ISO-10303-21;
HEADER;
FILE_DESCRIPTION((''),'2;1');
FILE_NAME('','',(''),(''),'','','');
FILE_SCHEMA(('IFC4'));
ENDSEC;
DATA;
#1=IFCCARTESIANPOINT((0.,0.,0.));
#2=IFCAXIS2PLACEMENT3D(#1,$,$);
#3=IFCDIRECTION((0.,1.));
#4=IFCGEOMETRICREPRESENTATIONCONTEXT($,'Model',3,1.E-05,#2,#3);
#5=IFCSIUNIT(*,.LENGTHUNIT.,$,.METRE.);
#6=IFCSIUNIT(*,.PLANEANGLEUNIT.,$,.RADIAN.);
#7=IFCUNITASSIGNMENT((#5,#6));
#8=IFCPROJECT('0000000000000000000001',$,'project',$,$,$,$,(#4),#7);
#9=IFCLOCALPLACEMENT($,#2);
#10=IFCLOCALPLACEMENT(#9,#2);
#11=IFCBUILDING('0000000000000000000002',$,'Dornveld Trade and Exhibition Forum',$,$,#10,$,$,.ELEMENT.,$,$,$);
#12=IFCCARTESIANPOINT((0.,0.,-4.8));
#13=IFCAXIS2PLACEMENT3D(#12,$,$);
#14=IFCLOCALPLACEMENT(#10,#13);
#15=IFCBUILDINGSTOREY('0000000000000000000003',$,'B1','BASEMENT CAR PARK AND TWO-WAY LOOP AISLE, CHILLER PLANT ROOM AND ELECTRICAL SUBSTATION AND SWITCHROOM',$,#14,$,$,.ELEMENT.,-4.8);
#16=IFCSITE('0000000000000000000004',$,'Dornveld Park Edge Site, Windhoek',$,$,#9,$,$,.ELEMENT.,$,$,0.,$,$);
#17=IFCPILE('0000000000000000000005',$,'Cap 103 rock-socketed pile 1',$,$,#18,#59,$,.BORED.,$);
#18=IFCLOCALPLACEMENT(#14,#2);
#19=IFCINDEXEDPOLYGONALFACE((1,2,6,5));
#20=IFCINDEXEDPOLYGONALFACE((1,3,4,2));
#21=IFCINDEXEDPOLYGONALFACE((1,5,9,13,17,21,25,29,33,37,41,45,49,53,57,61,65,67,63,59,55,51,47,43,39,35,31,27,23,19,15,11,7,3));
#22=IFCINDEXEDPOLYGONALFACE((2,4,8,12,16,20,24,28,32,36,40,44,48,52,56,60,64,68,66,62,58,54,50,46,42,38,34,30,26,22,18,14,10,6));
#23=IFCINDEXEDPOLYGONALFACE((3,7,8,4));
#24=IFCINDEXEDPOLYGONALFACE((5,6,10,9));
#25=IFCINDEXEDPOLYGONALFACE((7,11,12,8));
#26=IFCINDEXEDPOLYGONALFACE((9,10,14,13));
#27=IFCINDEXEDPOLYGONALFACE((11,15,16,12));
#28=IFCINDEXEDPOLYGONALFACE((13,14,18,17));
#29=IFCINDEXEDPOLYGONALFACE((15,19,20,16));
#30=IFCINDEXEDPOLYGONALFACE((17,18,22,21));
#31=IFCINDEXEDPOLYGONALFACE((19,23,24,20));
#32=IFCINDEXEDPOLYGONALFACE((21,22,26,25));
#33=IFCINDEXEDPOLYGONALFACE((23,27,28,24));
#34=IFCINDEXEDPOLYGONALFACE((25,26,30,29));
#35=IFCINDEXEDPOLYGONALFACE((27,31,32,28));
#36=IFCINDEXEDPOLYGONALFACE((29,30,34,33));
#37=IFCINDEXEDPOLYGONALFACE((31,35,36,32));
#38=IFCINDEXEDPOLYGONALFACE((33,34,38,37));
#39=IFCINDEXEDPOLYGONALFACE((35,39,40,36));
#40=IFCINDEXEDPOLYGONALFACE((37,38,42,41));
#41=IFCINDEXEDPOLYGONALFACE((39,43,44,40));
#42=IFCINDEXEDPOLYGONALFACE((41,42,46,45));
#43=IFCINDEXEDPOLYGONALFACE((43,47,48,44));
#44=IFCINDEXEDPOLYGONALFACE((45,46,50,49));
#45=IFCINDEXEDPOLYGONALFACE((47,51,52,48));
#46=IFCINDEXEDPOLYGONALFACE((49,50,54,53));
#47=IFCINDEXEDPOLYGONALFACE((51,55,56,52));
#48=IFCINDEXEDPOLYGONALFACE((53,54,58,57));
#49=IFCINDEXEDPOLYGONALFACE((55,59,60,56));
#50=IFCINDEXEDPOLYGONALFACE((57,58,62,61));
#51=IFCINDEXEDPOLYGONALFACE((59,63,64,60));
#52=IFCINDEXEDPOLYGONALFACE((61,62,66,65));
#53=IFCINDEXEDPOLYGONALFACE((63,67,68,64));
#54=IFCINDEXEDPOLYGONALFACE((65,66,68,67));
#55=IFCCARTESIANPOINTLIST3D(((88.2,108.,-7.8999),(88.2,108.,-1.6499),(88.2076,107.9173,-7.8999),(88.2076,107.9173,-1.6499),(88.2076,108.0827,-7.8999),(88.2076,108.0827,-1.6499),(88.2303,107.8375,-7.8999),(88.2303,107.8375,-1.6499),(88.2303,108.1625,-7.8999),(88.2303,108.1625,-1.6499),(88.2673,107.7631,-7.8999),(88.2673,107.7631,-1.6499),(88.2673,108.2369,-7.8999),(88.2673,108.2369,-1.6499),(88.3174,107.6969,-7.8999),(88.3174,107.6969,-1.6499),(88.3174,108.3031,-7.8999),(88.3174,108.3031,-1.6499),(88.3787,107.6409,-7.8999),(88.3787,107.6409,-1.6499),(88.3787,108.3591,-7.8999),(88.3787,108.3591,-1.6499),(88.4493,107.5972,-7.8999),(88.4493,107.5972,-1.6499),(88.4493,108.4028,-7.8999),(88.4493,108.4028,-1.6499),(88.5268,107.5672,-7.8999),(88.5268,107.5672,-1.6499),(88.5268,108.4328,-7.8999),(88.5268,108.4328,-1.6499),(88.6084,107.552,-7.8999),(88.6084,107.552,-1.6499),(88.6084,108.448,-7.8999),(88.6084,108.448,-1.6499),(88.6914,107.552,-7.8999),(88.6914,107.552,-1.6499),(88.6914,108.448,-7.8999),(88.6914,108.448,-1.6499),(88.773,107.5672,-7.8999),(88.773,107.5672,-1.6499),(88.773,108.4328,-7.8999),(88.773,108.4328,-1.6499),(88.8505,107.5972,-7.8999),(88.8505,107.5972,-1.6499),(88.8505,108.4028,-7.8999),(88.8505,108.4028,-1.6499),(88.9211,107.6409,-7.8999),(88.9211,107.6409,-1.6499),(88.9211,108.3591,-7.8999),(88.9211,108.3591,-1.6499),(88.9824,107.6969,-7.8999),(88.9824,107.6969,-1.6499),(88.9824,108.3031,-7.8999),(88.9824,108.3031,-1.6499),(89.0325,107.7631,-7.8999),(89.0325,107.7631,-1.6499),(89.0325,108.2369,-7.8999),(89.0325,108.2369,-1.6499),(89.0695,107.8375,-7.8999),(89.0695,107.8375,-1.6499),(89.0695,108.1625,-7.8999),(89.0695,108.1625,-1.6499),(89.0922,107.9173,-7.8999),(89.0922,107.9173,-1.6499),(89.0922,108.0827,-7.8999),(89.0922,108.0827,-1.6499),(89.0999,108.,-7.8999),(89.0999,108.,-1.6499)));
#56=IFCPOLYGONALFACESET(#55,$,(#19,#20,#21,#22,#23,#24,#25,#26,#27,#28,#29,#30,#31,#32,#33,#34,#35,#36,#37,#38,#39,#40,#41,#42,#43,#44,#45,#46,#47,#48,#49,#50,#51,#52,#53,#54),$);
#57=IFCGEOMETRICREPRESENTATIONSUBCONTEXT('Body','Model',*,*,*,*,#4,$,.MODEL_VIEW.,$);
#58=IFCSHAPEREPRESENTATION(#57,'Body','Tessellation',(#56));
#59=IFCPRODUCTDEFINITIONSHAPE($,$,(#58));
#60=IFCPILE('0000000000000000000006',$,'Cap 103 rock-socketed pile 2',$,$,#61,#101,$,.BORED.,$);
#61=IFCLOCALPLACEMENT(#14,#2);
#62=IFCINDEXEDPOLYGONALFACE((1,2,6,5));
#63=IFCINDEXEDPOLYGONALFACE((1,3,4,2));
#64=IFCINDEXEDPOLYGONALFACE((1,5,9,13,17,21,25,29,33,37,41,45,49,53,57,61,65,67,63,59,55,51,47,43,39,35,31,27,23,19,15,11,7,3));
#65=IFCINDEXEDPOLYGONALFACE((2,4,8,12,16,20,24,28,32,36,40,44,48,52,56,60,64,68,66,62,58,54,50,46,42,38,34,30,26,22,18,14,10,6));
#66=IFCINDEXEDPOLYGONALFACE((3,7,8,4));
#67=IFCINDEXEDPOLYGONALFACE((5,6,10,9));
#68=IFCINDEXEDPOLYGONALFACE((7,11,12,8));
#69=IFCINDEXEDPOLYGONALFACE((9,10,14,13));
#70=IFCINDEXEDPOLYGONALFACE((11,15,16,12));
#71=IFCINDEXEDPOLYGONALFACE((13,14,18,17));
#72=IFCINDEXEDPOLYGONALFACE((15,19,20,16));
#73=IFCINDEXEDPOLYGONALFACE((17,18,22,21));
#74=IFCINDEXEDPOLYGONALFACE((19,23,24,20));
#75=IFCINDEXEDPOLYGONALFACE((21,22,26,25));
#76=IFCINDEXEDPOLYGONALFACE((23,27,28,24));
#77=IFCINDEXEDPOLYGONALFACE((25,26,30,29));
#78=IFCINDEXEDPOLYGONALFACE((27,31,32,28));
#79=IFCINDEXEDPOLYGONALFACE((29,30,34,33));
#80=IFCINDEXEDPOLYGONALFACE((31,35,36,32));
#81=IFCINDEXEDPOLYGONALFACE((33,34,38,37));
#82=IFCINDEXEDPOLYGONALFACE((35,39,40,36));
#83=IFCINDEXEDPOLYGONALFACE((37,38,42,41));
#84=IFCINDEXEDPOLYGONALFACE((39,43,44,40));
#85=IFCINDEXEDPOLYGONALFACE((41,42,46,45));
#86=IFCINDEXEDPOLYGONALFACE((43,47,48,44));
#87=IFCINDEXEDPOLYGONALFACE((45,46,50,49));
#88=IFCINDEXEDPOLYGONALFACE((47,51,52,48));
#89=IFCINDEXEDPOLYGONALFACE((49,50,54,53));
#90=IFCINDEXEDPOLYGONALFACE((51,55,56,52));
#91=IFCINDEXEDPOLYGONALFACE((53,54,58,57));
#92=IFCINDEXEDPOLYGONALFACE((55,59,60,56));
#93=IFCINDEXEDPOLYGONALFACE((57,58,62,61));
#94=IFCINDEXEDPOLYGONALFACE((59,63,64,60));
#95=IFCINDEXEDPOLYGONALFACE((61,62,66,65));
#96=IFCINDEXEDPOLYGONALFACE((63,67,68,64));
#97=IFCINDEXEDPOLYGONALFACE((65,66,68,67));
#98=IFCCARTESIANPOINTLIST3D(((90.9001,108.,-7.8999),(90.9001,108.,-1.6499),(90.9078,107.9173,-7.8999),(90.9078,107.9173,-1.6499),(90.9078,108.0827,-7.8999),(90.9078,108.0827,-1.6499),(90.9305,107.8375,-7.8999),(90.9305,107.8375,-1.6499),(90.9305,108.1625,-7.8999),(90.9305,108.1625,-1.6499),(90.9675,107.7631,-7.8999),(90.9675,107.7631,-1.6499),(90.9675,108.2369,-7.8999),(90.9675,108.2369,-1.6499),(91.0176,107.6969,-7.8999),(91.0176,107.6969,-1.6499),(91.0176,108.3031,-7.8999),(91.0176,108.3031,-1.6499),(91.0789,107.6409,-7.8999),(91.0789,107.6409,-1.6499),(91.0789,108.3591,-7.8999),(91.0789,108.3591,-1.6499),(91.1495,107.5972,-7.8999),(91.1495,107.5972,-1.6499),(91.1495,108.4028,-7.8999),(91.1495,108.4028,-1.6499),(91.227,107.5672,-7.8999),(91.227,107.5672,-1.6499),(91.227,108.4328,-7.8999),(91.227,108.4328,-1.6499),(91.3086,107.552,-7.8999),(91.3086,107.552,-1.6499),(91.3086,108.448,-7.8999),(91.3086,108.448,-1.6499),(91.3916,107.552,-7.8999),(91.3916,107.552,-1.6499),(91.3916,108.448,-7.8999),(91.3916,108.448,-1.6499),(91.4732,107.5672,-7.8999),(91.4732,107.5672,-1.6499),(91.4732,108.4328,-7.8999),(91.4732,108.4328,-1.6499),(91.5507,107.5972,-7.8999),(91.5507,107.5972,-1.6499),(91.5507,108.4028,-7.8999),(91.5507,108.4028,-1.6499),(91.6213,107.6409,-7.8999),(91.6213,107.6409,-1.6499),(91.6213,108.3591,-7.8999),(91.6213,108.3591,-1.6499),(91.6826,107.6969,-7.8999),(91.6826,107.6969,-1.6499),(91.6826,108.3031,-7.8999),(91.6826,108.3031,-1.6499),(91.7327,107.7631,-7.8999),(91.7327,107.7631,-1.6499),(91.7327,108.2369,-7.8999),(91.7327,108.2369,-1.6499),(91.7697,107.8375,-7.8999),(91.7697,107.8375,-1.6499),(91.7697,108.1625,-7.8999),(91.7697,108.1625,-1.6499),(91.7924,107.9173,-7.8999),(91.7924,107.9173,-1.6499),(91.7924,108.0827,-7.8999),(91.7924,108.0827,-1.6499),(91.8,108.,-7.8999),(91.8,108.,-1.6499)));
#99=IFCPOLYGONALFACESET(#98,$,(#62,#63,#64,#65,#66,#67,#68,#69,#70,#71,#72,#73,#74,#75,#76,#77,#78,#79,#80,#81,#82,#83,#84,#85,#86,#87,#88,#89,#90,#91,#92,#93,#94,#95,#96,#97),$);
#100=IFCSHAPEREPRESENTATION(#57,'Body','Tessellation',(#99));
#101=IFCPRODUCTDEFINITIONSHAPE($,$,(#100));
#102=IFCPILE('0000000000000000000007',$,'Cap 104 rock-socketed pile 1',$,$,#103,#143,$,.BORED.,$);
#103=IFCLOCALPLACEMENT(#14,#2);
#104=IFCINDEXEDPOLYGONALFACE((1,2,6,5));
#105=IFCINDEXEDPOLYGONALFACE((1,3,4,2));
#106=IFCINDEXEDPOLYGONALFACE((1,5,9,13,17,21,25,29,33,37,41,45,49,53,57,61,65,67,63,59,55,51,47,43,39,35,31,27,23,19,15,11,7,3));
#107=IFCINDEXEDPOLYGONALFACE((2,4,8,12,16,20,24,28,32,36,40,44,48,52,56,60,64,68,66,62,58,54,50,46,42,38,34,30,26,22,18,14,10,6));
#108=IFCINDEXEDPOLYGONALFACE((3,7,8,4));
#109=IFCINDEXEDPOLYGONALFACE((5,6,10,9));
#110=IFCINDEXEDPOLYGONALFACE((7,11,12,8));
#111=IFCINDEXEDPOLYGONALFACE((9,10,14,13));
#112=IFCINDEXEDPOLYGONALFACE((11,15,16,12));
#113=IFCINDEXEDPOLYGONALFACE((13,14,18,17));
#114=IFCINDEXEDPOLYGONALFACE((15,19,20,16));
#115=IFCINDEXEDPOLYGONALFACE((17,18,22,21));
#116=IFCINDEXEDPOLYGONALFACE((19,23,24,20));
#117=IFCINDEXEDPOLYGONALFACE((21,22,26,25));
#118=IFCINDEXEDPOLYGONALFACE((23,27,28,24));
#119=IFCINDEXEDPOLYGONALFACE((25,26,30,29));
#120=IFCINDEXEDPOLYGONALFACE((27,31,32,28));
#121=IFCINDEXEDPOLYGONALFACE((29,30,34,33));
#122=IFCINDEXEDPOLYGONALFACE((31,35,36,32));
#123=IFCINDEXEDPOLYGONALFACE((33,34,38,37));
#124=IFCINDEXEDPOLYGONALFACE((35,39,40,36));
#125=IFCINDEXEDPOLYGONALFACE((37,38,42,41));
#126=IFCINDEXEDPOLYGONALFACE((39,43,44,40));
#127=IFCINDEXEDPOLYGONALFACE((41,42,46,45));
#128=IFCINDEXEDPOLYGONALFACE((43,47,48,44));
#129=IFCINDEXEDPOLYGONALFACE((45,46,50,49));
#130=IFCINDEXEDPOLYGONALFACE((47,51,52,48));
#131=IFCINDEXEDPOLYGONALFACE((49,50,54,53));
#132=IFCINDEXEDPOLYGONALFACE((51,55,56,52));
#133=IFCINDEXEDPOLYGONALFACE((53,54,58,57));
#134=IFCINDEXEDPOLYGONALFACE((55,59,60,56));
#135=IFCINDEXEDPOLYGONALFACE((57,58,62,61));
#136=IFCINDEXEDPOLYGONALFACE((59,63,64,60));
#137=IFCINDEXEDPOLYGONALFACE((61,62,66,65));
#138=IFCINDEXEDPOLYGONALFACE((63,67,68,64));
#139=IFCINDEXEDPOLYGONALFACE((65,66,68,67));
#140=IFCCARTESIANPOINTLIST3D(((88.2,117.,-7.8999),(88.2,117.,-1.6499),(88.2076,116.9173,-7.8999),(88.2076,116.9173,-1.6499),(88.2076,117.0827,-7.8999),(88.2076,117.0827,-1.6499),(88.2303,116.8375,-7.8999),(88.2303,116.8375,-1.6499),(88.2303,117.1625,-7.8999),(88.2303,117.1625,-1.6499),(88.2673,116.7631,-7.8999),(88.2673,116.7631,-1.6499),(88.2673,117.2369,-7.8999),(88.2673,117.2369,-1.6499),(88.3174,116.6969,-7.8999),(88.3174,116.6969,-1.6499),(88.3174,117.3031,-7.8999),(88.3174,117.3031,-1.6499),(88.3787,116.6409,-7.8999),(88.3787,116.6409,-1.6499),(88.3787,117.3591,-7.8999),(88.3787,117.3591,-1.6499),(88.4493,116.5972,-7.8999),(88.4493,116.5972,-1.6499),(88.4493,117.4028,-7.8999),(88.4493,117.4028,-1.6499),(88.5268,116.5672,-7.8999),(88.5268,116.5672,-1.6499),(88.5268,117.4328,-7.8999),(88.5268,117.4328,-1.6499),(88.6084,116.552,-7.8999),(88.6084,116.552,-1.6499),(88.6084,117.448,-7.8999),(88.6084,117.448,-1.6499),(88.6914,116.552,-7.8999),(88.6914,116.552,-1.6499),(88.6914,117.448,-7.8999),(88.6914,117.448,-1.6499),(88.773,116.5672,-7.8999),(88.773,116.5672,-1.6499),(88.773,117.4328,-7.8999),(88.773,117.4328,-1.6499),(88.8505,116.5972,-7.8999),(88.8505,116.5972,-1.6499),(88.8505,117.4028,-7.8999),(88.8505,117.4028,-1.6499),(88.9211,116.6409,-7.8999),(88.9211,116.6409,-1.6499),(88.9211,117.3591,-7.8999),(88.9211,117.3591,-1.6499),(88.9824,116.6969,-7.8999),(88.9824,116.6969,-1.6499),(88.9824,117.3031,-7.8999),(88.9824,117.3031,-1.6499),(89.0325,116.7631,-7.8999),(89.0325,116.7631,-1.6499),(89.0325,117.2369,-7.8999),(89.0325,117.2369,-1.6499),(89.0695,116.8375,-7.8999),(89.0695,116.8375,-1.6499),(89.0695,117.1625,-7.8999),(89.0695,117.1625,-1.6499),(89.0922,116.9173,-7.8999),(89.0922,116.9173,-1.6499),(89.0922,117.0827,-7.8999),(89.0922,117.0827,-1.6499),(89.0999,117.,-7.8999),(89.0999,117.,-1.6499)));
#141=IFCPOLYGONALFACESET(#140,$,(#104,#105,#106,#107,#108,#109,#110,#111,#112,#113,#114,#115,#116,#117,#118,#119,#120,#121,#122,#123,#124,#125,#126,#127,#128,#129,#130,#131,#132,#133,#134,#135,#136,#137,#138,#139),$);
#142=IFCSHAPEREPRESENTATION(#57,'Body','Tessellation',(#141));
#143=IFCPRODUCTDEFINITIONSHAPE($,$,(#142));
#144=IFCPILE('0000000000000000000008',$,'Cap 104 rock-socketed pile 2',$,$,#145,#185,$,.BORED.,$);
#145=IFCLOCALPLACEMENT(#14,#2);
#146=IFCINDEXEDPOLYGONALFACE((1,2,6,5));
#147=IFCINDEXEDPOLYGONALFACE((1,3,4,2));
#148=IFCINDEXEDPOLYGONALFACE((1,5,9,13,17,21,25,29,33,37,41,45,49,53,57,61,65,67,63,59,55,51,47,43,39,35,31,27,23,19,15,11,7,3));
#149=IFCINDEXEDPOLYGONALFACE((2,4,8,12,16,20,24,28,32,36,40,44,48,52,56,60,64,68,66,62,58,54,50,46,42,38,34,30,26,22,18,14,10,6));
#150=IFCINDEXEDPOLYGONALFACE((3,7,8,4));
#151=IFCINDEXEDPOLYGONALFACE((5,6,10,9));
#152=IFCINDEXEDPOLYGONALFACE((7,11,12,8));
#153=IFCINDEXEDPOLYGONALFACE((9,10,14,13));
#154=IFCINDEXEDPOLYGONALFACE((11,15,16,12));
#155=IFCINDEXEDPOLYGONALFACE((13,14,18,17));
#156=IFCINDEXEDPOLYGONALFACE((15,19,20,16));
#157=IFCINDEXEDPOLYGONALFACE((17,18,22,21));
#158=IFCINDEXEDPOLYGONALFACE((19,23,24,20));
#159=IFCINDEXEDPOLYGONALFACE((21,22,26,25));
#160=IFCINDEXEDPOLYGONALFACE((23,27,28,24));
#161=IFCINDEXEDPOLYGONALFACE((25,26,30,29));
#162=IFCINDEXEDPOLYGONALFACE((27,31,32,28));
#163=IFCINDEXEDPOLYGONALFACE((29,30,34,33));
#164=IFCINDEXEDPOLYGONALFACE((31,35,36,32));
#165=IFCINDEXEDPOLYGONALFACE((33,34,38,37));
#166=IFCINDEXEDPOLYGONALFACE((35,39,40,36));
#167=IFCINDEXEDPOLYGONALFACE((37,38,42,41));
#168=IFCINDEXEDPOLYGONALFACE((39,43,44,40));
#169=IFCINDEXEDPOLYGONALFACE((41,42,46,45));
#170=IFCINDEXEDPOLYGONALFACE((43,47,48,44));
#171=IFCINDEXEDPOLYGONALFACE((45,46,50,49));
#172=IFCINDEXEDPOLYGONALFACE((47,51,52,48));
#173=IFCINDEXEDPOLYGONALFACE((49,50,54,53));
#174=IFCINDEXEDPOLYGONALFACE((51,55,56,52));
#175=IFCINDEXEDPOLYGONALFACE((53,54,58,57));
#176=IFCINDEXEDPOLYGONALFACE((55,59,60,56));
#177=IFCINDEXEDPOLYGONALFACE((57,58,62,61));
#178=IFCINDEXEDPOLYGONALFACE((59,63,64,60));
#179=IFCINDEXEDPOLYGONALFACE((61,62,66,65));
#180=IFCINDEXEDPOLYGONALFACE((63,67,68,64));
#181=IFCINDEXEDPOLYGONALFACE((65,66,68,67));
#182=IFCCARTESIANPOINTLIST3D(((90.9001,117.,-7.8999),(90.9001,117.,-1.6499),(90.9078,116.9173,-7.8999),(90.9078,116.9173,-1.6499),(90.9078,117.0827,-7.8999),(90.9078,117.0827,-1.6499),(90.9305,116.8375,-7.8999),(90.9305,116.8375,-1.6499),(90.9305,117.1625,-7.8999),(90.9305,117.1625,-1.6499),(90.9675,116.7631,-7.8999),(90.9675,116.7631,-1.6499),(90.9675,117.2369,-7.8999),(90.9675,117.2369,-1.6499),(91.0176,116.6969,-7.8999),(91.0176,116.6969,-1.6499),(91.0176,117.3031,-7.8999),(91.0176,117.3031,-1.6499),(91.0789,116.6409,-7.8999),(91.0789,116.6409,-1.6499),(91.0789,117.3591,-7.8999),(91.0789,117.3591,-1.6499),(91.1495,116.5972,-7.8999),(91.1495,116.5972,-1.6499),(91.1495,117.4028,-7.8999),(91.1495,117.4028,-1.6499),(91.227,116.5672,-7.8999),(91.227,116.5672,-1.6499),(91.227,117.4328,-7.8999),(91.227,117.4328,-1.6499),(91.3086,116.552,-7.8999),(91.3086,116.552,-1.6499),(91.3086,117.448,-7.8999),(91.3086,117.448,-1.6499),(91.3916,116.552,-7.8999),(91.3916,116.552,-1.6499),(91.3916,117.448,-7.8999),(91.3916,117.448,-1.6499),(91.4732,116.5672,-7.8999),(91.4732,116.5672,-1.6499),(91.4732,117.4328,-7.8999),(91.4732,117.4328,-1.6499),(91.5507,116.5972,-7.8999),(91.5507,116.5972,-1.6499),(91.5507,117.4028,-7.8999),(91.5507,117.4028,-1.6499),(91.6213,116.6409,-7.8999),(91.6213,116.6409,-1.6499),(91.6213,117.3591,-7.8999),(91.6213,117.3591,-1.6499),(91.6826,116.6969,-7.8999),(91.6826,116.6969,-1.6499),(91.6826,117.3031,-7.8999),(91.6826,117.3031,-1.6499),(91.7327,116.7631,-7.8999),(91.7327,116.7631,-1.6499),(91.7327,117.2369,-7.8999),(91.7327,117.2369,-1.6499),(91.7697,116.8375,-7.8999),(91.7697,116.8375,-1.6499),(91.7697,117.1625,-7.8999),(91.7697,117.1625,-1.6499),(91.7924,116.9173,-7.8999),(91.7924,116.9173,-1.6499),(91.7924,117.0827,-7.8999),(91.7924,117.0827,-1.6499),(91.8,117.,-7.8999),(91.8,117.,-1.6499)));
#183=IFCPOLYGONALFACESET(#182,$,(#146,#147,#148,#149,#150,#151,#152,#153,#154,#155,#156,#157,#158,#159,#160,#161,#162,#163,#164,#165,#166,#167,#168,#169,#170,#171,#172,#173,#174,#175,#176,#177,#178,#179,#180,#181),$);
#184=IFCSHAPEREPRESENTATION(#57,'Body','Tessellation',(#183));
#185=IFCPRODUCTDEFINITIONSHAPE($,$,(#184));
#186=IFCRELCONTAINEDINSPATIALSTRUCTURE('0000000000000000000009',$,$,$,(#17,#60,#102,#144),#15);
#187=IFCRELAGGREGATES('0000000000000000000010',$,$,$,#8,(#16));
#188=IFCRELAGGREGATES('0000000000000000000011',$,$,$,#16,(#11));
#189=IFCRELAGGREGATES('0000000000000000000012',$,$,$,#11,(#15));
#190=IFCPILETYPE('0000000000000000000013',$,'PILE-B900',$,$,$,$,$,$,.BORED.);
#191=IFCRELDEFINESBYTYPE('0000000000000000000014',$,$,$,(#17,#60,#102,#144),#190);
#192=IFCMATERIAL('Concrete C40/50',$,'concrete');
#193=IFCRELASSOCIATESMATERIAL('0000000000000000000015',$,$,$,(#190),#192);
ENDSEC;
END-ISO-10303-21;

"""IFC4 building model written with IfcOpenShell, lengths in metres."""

from ifc_helpers import new_model, si_unit, direction, frame, origin, origin_2d, place, context, subcontext, project, spatial, circle, extrude, material, material_profile, profile_set, type_object, element, save


model = new_model("IFC4")

# Units and contexts
model_context = context("Model", 3, precision=1e-05, world=origin(), true_north=direction((0.0, 1.0)))
body_context = subcontext(model_context, "Body", "Model", "MODEL_VIEW")
ifc_project = project(units=[si_unit("LENGTHUNIT", "METRE"), si_unit("PLANEANGLEUNIT", "RADIAN")], contexts=[model_context])

# Site, building, storey
site_placement = place(None, origin())
site = spatial("IfcSite", under=ifc_project, at=site_placement, Name="Dornveld Park Edge Site, Windhoek", CompositionType="ELEMENT", RefElevation=0.0)
building_placement = place(site_placement, origin())
building = spatial("IfcBuilding", under=site, at=building_placement, Name="Dornveld Trade and Exhibition Forum", CompositionType="ELEMENT")
storey_placement = place(building_placement, frame((0.0, 0.0, -4.8)))
storey = spatial("IfcBuildingStorey", under=building, at=storey_placement, Name="B1", Description="BASEMENT CAR PARK AND TWO-WAY LOOP AISLE, CHILLER PLANT ROOM AND ELECTRICAL SUBSTATION AND SWITCHROOM", CompositionType="ELEMENT", Elevation=-4.8)

# Piles
ifc_material_1 = material(Name="Concrete C40/50", Category="concrete")
ifc_material_profile_1 = material_profile(ifc_material_1, circle(Radius=0.45, at=origin_2d()), Name="PILE D900")
ifc_profile_set_1 = profile_set([ifc_material_profile_1], Name="Concrete C40/50")
pile_type = type_object("IfcPileType", Name="PILE-B900", PredefinedType="BORED", material=ifc_profile_set_1)
for number, where, z_axis, x_axis, name in (
    (1, (88.6499, 108.0, -1.6499), (0.0, 0.0, -1.0), (1.0, 0.0, 0.0), "Cap 103 rock-socketed pile 1"),
    (2, (91.3501, 108.0, -1.6499), (0.0, 0.0, -1.0), (1.0, 0.0, 0.0), "Cap 103 rock-socketed pile 2"),
    (3, (88.6499, 117.0, -1.6499), (0.0, 0.0, -1.0), (1.0, 0.0, 0.0), "Cap 104 rock-socketed pile 1"),
    (4, (91.3501, 117.0, -1.6499), (0.0, 0.0, -1.0), (1.0, 0.0, 0.0), "Cap 104 rock-socketed pile 2"),
):
    element("IfcPile", number, at=place(storey_placement, frame(where, z_axis=z_axis, x_axis=x_axis)), inside=storey, type_object=pile_type, Name=name, PredefinedType="BORED", context=body_context, shape_type="SweptSolid", body=[
        extrude(circle(Radius=0.45, at=origin_2d()), origin(), (0.0, 0.0, 1.0), 6.25),
    ])

save(model, "model.ifc")
